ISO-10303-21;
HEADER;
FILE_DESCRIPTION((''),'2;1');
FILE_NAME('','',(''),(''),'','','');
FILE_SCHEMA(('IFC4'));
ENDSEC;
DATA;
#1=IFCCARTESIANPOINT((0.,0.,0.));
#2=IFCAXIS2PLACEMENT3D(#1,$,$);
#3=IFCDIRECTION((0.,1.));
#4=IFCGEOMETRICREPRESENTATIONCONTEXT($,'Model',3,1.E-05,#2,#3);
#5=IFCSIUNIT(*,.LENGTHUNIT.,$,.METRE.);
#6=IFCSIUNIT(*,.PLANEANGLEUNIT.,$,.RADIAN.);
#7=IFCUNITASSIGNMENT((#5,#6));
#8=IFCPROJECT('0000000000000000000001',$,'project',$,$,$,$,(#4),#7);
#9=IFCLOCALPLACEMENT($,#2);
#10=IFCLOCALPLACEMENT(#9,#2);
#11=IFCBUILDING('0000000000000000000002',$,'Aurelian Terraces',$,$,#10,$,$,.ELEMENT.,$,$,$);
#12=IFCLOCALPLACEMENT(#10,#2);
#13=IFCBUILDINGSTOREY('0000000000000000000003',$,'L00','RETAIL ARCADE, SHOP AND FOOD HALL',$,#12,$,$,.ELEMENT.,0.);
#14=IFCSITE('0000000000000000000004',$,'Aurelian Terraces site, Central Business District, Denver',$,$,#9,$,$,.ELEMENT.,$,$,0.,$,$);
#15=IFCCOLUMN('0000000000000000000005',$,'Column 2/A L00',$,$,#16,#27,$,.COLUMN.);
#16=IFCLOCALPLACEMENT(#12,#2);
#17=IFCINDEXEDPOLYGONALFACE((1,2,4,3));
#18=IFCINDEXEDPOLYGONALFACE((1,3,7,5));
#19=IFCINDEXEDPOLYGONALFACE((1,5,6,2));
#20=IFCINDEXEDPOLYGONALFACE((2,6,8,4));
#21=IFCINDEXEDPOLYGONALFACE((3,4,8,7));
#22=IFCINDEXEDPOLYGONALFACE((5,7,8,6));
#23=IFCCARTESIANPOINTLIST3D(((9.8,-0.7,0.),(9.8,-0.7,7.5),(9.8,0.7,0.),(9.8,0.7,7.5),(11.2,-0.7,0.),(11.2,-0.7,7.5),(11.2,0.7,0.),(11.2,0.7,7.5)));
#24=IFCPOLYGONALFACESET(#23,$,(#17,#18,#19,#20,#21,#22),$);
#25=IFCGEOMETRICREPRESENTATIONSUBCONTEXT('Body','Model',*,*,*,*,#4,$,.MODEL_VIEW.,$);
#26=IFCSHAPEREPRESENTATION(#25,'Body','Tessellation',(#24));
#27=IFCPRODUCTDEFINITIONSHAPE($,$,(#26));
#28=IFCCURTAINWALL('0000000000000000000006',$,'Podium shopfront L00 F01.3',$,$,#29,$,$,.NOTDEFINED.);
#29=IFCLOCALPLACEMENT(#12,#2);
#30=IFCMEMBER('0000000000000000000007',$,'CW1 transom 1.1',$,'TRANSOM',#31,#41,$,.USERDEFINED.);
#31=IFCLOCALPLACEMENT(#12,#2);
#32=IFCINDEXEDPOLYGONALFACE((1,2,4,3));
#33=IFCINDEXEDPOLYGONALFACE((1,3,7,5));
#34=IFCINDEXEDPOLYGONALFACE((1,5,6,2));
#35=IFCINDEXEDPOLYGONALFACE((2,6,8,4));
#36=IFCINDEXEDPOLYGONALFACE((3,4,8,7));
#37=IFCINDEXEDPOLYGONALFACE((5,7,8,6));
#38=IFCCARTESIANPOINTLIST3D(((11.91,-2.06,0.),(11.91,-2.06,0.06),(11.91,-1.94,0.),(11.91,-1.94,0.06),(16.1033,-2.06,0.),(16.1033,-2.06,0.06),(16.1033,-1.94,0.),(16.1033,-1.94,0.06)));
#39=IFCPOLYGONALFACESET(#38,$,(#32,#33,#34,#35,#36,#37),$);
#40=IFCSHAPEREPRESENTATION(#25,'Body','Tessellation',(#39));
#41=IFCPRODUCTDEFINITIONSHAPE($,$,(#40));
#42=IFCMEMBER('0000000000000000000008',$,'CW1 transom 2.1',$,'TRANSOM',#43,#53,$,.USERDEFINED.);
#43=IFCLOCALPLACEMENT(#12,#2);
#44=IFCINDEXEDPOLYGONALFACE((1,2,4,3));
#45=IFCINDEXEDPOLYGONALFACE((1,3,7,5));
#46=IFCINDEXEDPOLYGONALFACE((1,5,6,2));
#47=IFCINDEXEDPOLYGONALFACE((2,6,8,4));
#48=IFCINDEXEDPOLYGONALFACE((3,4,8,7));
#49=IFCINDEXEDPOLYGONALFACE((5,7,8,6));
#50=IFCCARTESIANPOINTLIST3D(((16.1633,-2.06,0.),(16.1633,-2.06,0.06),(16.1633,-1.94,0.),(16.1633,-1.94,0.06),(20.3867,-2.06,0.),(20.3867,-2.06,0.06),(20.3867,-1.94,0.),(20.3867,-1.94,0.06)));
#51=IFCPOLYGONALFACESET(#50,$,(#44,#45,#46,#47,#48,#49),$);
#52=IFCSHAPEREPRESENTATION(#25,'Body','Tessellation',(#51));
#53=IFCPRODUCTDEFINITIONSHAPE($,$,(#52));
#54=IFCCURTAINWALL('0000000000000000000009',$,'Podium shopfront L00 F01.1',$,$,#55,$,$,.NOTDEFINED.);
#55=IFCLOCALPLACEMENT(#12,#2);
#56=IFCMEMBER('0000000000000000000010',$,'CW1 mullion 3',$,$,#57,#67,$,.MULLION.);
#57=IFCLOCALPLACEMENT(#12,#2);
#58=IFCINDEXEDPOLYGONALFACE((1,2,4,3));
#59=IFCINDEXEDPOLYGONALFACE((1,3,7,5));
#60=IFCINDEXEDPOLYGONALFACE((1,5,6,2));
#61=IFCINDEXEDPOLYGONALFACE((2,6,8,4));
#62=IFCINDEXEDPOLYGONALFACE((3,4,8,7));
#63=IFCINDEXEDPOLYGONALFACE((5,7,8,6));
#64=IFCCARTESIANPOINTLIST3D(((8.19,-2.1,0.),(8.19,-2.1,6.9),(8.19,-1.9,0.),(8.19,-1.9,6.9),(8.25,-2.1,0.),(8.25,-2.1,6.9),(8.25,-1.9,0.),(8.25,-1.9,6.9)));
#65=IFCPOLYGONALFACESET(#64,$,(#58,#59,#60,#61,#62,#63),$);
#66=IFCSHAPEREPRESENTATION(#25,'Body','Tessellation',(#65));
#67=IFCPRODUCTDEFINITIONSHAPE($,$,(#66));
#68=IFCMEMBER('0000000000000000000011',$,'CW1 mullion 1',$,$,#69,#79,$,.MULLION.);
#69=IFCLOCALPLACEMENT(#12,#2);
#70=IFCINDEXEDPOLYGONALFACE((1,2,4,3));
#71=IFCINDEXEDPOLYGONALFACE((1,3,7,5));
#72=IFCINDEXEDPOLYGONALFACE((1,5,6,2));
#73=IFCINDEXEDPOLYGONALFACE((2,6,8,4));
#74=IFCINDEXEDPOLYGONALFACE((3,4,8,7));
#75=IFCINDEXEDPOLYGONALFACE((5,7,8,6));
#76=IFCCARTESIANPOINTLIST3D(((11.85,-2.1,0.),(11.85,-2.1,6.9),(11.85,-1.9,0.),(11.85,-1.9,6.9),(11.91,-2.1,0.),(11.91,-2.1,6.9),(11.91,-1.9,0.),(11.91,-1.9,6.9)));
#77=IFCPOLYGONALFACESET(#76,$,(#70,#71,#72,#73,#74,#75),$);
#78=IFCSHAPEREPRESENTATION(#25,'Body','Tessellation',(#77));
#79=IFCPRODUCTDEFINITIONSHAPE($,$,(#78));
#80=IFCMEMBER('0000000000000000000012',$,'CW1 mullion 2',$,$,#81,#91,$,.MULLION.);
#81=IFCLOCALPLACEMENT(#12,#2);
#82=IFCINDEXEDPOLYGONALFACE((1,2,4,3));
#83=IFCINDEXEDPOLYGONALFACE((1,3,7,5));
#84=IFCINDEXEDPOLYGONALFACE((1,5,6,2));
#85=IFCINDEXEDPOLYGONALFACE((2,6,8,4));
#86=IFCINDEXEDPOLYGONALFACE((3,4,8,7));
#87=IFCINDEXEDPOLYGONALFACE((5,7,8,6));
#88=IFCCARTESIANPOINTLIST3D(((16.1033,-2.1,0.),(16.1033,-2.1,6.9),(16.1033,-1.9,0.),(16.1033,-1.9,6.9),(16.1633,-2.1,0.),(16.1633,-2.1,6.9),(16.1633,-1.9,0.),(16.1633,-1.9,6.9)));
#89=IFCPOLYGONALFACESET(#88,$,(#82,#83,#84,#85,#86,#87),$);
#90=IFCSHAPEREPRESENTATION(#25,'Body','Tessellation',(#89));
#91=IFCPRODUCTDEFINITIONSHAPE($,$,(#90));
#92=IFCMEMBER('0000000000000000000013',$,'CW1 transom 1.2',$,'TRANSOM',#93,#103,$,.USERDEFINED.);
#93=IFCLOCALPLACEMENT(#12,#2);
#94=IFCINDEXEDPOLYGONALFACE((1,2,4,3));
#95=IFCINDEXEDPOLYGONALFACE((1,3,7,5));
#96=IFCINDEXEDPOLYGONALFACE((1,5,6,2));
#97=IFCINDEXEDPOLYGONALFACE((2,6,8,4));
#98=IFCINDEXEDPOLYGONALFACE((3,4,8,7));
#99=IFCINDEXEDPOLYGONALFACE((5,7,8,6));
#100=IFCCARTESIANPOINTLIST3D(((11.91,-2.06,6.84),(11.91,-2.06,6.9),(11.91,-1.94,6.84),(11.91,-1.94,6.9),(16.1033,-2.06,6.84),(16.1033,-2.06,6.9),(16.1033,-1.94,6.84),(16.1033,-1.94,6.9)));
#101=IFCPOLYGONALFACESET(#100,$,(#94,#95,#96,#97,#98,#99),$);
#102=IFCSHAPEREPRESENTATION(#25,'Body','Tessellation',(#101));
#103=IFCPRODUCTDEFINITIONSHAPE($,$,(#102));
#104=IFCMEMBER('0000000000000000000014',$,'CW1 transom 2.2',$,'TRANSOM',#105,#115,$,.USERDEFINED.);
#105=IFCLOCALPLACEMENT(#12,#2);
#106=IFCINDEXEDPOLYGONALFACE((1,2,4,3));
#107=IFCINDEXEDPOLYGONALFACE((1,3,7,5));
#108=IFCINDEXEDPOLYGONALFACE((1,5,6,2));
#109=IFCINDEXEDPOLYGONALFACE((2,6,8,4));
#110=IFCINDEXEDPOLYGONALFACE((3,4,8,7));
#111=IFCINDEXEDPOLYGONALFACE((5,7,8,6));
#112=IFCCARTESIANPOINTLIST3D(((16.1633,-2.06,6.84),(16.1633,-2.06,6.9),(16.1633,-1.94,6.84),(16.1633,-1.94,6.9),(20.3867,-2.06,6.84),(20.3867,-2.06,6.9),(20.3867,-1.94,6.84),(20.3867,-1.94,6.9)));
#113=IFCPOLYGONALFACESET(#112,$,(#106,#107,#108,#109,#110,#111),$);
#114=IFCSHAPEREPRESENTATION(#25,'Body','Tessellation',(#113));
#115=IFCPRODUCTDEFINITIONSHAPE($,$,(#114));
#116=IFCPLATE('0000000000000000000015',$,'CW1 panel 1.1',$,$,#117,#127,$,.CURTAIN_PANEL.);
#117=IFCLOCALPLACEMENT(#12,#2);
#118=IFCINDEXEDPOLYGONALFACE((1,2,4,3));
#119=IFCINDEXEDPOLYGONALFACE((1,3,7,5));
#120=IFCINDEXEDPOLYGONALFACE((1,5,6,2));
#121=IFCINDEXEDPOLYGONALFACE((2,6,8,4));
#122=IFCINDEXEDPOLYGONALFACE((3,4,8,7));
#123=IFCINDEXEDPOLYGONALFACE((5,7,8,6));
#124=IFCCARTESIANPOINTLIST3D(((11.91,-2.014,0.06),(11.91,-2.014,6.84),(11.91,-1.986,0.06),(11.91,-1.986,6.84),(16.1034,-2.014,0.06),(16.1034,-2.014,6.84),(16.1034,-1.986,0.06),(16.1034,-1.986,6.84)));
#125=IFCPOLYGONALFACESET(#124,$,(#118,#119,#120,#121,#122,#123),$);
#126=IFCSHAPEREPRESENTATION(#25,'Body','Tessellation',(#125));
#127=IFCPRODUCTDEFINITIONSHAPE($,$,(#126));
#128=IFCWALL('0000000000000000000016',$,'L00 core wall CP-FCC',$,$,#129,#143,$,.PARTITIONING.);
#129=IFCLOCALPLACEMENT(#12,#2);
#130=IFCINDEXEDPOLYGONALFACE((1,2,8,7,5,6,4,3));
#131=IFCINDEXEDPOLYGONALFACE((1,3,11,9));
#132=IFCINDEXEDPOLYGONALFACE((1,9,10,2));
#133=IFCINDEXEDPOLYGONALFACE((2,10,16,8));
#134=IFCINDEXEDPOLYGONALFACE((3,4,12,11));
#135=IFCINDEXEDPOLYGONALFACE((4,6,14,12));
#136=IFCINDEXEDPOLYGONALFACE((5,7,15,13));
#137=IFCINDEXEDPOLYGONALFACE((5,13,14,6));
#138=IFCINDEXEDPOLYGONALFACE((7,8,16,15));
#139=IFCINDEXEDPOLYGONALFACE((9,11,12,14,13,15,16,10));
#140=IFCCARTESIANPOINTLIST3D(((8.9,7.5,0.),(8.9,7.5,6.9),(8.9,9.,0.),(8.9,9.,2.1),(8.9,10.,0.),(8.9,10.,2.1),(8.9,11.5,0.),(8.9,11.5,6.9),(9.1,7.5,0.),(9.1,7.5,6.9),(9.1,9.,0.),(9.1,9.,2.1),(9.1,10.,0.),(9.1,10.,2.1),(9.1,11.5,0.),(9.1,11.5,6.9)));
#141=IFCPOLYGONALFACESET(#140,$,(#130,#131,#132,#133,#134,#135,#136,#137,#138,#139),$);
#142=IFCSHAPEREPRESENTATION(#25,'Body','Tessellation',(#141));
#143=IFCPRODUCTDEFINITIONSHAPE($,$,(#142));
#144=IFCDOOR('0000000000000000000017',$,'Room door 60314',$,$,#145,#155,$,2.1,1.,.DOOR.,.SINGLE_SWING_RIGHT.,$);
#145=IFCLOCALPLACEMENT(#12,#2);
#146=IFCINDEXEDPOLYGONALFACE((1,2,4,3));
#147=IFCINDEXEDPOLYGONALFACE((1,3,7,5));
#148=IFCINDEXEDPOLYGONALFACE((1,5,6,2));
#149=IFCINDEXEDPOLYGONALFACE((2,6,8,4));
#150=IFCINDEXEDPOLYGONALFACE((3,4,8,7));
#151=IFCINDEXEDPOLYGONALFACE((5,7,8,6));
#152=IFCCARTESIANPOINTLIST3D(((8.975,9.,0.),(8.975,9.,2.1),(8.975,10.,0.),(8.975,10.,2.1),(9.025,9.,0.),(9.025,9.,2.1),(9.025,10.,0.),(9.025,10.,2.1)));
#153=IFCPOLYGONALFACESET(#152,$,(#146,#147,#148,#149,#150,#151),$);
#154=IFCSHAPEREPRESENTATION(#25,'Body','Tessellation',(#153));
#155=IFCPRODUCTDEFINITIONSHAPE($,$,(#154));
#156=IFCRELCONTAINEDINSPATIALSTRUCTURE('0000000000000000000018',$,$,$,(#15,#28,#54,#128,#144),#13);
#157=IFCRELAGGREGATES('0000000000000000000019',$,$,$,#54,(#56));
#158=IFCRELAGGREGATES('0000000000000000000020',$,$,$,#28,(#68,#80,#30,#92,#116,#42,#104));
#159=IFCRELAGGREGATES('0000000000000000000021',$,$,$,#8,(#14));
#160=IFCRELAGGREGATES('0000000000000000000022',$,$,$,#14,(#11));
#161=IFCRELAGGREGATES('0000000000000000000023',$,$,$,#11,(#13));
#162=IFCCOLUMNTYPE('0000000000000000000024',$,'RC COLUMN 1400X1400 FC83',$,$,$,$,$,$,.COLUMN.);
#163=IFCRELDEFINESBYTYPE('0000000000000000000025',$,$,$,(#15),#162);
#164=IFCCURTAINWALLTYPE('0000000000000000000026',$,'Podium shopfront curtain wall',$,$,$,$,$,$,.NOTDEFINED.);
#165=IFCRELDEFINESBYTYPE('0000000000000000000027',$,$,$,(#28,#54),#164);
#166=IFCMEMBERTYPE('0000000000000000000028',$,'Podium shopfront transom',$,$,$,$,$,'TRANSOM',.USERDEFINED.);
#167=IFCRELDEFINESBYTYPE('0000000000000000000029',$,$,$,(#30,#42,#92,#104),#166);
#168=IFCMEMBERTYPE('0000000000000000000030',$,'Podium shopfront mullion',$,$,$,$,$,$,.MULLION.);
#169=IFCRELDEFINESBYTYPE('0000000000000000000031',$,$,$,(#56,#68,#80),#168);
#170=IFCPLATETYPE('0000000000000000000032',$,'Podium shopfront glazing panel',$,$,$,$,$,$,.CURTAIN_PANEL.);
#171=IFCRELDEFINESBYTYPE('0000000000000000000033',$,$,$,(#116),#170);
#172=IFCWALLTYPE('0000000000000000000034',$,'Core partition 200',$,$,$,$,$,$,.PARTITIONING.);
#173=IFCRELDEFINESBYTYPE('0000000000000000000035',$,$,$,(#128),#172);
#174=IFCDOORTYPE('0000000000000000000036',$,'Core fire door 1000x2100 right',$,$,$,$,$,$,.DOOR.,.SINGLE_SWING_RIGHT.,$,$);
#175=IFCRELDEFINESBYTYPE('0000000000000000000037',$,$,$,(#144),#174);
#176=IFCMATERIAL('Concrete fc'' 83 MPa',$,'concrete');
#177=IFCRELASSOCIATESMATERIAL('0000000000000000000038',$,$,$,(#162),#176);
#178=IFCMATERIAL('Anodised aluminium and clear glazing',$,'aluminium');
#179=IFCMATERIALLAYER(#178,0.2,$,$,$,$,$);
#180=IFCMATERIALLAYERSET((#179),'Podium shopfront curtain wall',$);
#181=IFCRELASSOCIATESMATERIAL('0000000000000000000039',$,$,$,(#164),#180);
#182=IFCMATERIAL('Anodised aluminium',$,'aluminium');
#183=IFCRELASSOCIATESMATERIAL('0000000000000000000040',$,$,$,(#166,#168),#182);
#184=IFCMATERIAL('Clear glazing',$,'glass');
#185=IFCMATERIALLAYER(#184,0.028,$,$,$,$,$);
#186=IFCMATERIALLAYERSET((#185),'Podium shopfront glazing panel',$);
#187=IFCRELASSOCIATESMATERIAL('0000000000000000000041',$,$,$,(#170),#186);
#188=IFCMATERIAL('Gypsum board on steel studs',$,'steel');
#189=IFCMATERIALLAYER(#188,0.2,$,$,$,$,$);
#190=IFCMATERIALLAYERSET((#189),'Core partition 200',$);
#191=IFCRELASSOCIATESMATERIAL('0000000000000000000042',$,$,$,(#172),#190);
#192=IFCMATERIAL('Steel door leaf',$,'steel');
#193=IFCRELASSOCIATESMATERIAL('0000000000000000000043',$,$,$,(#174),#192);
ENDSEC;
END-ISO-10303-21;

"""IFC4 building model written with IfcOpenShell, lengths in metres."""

from ifc_helpers import new_model, si_unit, direction, frame, frame_2d, origin, origin_2d, place, context, subcontext, project, spatial, rectangle, extrude, source, transform, mapped, material, layer, layer_set, material_profile, profile_set, type_object, element, fill, aggregate, save


model = new_model("IFC4")

# Units and contexts
model_context = context("Model", 3, precision=1e-05, world=origin(), true_north=direction((0.0, 1.0)))
body_context = subcontext(model_context, "Body", "Model", "MODEL_VIEW")
ifc_project = project(units=[si_unit("LENGTHUNIT", "METRE"), si_unit("PLANEANGLEUNIT", "RADIAN")], contexts=[model_context])

# Site, building, storey
site_placement = place(None, origin())
site = spatial("IfcSite", under=ifc_project, at=site_placement, Name="Aurelian Terraces site, Central Business District, Denver", CompositionType="ELEMENT", RefElevation=0.0)
building_placement = place(site_placement, origin())
building = spatial("IfcBuilding", under=site, at=building_placement, Name="Aurelian Terraces", CompositionType="ELEMENT")
storey_placement = place(building_placement, origin())
storey = spatial("IfcBuildingStorey", under=building, at=storey_placement, Name="L00", Description="RETAIL ARCADE, SHOP AND FOOD HALL", CompositionType="ELEMENT", Elevation=0.0)

# Column
ifc_material_1 = material(Name="Concrete fc' 83 MPa", Category="concrete")
ifc_material_profile_1 = material_profile(ifc_material_1, rectangle(XDim=1.4, YDim=1.4, at=origin_2d()))
ifc_profile_set_1 = profile_set([ifc_material_profile_1], Name="Concrete fc' 83 MPa")
column_type = type_object("IfcColumnType", Name="RC COLUMN 1400X1400 FC83", PredefinedType="COLUMN", material=ifc_profile_set_1)
shared_shape_1 = source(origin(), body_context, "Body", "SweptSolid", [
    extrude(rectangle(XDim=1.4, YDim=1.4, at=origin_2d()), origin(), (0.0, 0.0, 1.0), 7.5),
])
column_placement = place(storey_placement, frame((10.5, 0.0, 0.0), z_axis=(0.0, 0.0, 1.0), x_axis=(1.0, 0.0, 0.0)))
element("IfcColumn", 1, at=column_placement, inside=storey, type_object=column_type, Name="Column 2/A L00", PredefinedType="COLUMN", context=body_context, shape_type="MappedRepresentation", body=[
    mapped(shared_shape_1, transform((0.0, 0.0, 0.0), scale=1.0)),
])

# Curtain wall, members
ifc_material_2 = material(Name="Anodised aluminium and clear glazing", Category="aluminium")
ifc_layer_1 = layer(ifc_material_2, 0.2)
ifc_layer_set_1 = layer_set([ifc_layer_1], Name="Podium shopfront curtain wall")
curtain_wall_type = type_object("IfcCurtainWallType", Name="Podium shopfront curtain wall", PredefinedType="NOTDEFINED", material=ifc_layer_set_1)
curtain_wall_1_placement = place(storey_placement, origin())
curtain_wall_1 = element("IfcCurtainWall", 2, at=curtain_wall_1_placement, inside=storey, type_object=curtain_wall_type, Name="Podium shopfront L00 F01.3", PredefinedType="NOTDEFINED")
ifc_material_3 = material(Name="Anodised aluminium", Category="aluminium")
ifc_material_profile_2 = material_profile(ifc_material_3, rectangle(XDim=0.12, YDim=0.06, at=origin_2d()))
ifc_profile_set_2 = profile_set([ifc_material_profile_2], Name="Anodised aluminium")
member_type_1 = type_object("IfcMemberType", Name="Podium shopfront transom", ElementType="TRANSOM", PredefinedType="USERDEFINED", material=ifc_profile_set_2)
member_1_placement = place(storey_placement, frame((11.91, -2.0, 0.03), z_axis=(1.0, 0.0, 0.0), x_axis=(0.0, 1.0, 0.0)))
member_1 = element("IfcMember", 3, at=member_1_placement, type_object=member_type_1, Name="CW1 transom 1.1", ObjectType="TRANSOM", PredefinedType="USERDEFINED", context=body_context, shape_type="SweptSolid", body=[
    extrude(rectangle(XDim=0.12, YDim=0.06, at=origin_2d()), origin(), (0.0, 0.0, 1.0), 4.1933),
])
member_2_placement = place(storey_placement, frame((16.1633, -2.0, 0.03), z_axis=(1.0, 0.0, 0.0), x_axis=(0.0, 1.0, 0.0)))
member_2 = element("IfcMember", 4, at=member_2_placement, type_object=member_type_1, Name="CW1 transom 2.1", ObjectType="TRANSOM", PredefinedType="USERDEFINED", context=body_context, shape_type="SweptSolid", body=[
    extrude(rectangle(XDim=0.12, YDim=0.06, at=origin_2d()), origin(), (0.0, 0.0, 1.0), 4.2234),
])

# Curtain wall, member
curtain_wall_2_placement = place(storey_placement, origin())
curtain_wall_2 = element("IfcCurtainWall", 5, at=curtain_wall_2_placement, inside=storey, type_object=curtain_wall_type, Name="Podium shopfront L00 F01.1", PredefinedType="NOTDEFINED")
ifc_material_profile_3 = material_profile(ifc_material_3, rectangle(XDim=0.2, YDim=0.06, at=origin_2d()))
ifc_profile_set_3 = profile_set([ifc_material_profile_3], Name="Anodised aluminium")
member_type_2 = type_object("IfcMemberType", Name="Podium shopfront mullion", PredefinedType="MULLION", material=ifc_profile_set_3)
shared_shape_2 = source(origin(), body_context, "Body", "SweptSolid", [
    extrude(rectangle(XDim=0.2, YDim=0.06, at=origin_2d()), origin(), (0.0, 0.0, 1.0), 6.9),
])
member_3_placement = place(storey_placement, frame((8.22, -2.0, 0.0), z_axis=(0.0, 0.0, 1.0), x_axis=(0.0, 1.0, 0.0)))
member_3 = element("IfcMember", 6, at=member_3_placement, type_object=member_type_2, Name="CW1 mullion 3", PredefinedType="MULLION", context=body_context, shape_type="MappedRepresentation", body=[
    mapped(shared_shape_2, transform((0.0, 0.0, 0.0), scale=1.0)),
])
aggregate(curtain_wall_2, [member_3])

# Members
member_4_placement = place(storey_placement, frame((11.88, -2.0, 0.0), z_axis=(0.0, 0.0, 1.0), x_axis=(0.0, 1.0, 0.0)))
member_4 = element("IfcMember", 7, at=member_4_placement, type_object=member_type_2, Name="CW1 mullion 1", PredefinedType="MULLION", context=body_context, shape_type="MappedRepresentation", body=[
    mapped(shared_shape_2, transform((0.0, 0.0, 0.0), scale=1.0)),
])
member_5_placement = place(storey_placement, frame((16.1333, -2.0, 0.0), z_axis=(0.0, 0.0, 1.0), x_axis=(0.0, 1.0, 0.0)))
member_5 = element("IfcMember", 8, at=member_5_placement, type_object=member_type_2, Name="CW1 mullion 2", PredefinedType="MULLION", context=body_context, shape_type="MappedRepresentation", body=[
    mapped(shared_shape_2, transform((0.0, 0.0, 0.0), scale=1.0)),
])
shared_shape_3 = source(origin(), body_context, "Body", "SweptSolid", [
    extrude(rectangle(XDim=0.12, YDim=0.06, at=origin_2d()), origin(), (0.0, 0.0, 1.0), 4.1933),
])
member_6_placement = place(storey_placement, frame((11.91, -2.0, 6.87), z_axis=(1.0, 0.0, 0.0), x_axis=(0.0, 1.0, 0.0)))
member_6 = element("IfcMember", 9, at=member_6_placement, type_object=member_type_1, Name="CW1 transom 1.2", ObjectType="TRANSOM", PredefinedType="USERDEFINED", context=body_context, shape_type="MappedRepresentation", body=[
    mapped(shared_shape_3, transform((0.0, 0.0, 0.0), scale=1.0)),
])
shared_shape_4 = source(origin(), body_context, "Body", "SweptSolid", [
    extrude(rectangle(XDim=0.12, YDim=0.06, at=origin_2d()), origin(), (0.0, 0.0, 1.0), 4.2234),
])
member_7_placement = place(storey_placement, frame((16.1633, -2.0, 6.87), z_axis=(1.0, 0.0, 0.0), x_axis=(0.0, 1.0, 0.0)))
member_7 = element("IfcMember", 10, at=member_7_placement, type_object=member_type_1, Name="CW1 transom 2.2", ObjectType="TRANSOM", PredefinedType="USERDEFINED", context=body_context, shape_type="MappedRepresentation", body=[
    mapped(shared_shape_4, transform((0.0, 0.0, 0.0), scale=1.0)),
])

# Plate
ifc_material_4 = material(Name="Clear glazing", Category="glass")
ifc_layer_2 = layer(ifc_material_4, 0.028)
ifc_layer_set_2 = layer_set([ifc_layer_2], Name="Podium shopfront glazing panel")
plate_type = type_object("IfcPlateType", Name="Podium shopfront glazing panel", PredefinedType="CURTAIN_PANEL", material=ifc_layer_set_2)
plate_placement = place(storey_placement, frame((14.0067, -2.0, 0.06), z_axis=(0.0, 0.0, 1.0), x_axis=(1.0, 0.0, 0.0)))
plate = element("IfcPlate", 11, at=plate_placement, type_object=plate_type, Name="CW1 panel 1.1", PredefinedType="CURTAIN_PANEL", context=body_context, shape_type="SweptSolid", body=[
    extrude(rectangle(XDim=4.1933, YDim=0.028, at=origin_2d()), origin(), (0.0, 0.0, 1.0), 6.78),
])
aggregate(curtain_wall_1, [member_4, member_5, member_1, member_6, plate, member_2, member_7])

# Wall, opening, door
ifc_material_5 = material(Name="Gypsum board on steel studs", Category="steel")
ifc_layer_3 = layer(ifc_material_5, 0.2)
ifc_layer_set_3 = layer_set([ifc_layer_3], Name="Core partition 200")
wall_type_1 = type_object("IfcWallType", Name="Core partition 200", PredefinedType="PARTITIONING", material=ifc_layer_set_3)
wall_1_placement = place(storey_placement, frame((9.0, 7.5, 0.0), z_axis=(0.0, 0.0, 1.0), x_axis=(0.0, 1.0, 0.0)))
wall_1 = element("IfcWall", 12, at=wall_1_placement, inside=storey, type_object=wall_type_1, Name="L00 core wall CP-FCC", PredefinedType="PARTITIONING", context=body_context, shape_type="SweptSolid", body=[
    extrude(rectangle(XDim=4.0, YDim=0.2, at=frame_2d((2.0, 0.0))), origin(), (0.0, 0.0, 1.0), 6.9),
])
opening_1_placement = place(wall_1_placement, frame((1.5, 0.0, 0.0)))
opening_1 = element("IfcOpeningElement", 13, at=opening_1_placement, cuts=wall_1, PredefinedType="OPENING", context=body_context, shape_type="SweptSolid", body=[
    extrude(rectangle(XDim=1.0, YDim=2.1, at=frame_2d((0.5, 1.05))), frame((0.0, 0.11, 0.0), z_axis=(0.0, -1.0, 0.0), x_axis=(1.0, 0.0, 0.0)), (0.0, 0.0, 1.0), 0.22),
])
ifc_material_6 = material(Name="Steel door leaf", Category="steel")
door_type_1 = type_object("IfcDoorType", Name="Core fire door 1000x2100 right", OperationType="SINGLE_SWING_RIGHT", PredefinedType="DOOR", material=ifc_material_6)
shared_shape_5 = source(origin(), body_context, "Body", "SweptSolid", [
    extrude(rectangle(XDim=1.0, YDim=2.1, at=frame_2d((0.5, 1.05))), frame((0.0, 0.025, 0.0), z_axis=(0.0, -1.0, 0.0), x_axis=(1.0, 0.0, 0.0)), (0.0, 0.0, 1.0), 0.05),
])
door_1_placement = place(opening_1_placement, origin())
door_1 = element("IfcDoor", 14, at=door_1_placement, inside=storey, type_object=door_type_1, Name="Room door 60314", OperationType="SINGLE_SWING_RIGHT", OverallHeight=2.1, OverallWidth=1.0, PredefinedType="DOOR", context=body_context, shape_type="MappedRepresentation", body=[
    mapped(shared_shape_5, transform((0.0, 0.0, 0.0), scale=1.0)),
])
fill(opening_1, door_1)

save(model, "model.ifc")
